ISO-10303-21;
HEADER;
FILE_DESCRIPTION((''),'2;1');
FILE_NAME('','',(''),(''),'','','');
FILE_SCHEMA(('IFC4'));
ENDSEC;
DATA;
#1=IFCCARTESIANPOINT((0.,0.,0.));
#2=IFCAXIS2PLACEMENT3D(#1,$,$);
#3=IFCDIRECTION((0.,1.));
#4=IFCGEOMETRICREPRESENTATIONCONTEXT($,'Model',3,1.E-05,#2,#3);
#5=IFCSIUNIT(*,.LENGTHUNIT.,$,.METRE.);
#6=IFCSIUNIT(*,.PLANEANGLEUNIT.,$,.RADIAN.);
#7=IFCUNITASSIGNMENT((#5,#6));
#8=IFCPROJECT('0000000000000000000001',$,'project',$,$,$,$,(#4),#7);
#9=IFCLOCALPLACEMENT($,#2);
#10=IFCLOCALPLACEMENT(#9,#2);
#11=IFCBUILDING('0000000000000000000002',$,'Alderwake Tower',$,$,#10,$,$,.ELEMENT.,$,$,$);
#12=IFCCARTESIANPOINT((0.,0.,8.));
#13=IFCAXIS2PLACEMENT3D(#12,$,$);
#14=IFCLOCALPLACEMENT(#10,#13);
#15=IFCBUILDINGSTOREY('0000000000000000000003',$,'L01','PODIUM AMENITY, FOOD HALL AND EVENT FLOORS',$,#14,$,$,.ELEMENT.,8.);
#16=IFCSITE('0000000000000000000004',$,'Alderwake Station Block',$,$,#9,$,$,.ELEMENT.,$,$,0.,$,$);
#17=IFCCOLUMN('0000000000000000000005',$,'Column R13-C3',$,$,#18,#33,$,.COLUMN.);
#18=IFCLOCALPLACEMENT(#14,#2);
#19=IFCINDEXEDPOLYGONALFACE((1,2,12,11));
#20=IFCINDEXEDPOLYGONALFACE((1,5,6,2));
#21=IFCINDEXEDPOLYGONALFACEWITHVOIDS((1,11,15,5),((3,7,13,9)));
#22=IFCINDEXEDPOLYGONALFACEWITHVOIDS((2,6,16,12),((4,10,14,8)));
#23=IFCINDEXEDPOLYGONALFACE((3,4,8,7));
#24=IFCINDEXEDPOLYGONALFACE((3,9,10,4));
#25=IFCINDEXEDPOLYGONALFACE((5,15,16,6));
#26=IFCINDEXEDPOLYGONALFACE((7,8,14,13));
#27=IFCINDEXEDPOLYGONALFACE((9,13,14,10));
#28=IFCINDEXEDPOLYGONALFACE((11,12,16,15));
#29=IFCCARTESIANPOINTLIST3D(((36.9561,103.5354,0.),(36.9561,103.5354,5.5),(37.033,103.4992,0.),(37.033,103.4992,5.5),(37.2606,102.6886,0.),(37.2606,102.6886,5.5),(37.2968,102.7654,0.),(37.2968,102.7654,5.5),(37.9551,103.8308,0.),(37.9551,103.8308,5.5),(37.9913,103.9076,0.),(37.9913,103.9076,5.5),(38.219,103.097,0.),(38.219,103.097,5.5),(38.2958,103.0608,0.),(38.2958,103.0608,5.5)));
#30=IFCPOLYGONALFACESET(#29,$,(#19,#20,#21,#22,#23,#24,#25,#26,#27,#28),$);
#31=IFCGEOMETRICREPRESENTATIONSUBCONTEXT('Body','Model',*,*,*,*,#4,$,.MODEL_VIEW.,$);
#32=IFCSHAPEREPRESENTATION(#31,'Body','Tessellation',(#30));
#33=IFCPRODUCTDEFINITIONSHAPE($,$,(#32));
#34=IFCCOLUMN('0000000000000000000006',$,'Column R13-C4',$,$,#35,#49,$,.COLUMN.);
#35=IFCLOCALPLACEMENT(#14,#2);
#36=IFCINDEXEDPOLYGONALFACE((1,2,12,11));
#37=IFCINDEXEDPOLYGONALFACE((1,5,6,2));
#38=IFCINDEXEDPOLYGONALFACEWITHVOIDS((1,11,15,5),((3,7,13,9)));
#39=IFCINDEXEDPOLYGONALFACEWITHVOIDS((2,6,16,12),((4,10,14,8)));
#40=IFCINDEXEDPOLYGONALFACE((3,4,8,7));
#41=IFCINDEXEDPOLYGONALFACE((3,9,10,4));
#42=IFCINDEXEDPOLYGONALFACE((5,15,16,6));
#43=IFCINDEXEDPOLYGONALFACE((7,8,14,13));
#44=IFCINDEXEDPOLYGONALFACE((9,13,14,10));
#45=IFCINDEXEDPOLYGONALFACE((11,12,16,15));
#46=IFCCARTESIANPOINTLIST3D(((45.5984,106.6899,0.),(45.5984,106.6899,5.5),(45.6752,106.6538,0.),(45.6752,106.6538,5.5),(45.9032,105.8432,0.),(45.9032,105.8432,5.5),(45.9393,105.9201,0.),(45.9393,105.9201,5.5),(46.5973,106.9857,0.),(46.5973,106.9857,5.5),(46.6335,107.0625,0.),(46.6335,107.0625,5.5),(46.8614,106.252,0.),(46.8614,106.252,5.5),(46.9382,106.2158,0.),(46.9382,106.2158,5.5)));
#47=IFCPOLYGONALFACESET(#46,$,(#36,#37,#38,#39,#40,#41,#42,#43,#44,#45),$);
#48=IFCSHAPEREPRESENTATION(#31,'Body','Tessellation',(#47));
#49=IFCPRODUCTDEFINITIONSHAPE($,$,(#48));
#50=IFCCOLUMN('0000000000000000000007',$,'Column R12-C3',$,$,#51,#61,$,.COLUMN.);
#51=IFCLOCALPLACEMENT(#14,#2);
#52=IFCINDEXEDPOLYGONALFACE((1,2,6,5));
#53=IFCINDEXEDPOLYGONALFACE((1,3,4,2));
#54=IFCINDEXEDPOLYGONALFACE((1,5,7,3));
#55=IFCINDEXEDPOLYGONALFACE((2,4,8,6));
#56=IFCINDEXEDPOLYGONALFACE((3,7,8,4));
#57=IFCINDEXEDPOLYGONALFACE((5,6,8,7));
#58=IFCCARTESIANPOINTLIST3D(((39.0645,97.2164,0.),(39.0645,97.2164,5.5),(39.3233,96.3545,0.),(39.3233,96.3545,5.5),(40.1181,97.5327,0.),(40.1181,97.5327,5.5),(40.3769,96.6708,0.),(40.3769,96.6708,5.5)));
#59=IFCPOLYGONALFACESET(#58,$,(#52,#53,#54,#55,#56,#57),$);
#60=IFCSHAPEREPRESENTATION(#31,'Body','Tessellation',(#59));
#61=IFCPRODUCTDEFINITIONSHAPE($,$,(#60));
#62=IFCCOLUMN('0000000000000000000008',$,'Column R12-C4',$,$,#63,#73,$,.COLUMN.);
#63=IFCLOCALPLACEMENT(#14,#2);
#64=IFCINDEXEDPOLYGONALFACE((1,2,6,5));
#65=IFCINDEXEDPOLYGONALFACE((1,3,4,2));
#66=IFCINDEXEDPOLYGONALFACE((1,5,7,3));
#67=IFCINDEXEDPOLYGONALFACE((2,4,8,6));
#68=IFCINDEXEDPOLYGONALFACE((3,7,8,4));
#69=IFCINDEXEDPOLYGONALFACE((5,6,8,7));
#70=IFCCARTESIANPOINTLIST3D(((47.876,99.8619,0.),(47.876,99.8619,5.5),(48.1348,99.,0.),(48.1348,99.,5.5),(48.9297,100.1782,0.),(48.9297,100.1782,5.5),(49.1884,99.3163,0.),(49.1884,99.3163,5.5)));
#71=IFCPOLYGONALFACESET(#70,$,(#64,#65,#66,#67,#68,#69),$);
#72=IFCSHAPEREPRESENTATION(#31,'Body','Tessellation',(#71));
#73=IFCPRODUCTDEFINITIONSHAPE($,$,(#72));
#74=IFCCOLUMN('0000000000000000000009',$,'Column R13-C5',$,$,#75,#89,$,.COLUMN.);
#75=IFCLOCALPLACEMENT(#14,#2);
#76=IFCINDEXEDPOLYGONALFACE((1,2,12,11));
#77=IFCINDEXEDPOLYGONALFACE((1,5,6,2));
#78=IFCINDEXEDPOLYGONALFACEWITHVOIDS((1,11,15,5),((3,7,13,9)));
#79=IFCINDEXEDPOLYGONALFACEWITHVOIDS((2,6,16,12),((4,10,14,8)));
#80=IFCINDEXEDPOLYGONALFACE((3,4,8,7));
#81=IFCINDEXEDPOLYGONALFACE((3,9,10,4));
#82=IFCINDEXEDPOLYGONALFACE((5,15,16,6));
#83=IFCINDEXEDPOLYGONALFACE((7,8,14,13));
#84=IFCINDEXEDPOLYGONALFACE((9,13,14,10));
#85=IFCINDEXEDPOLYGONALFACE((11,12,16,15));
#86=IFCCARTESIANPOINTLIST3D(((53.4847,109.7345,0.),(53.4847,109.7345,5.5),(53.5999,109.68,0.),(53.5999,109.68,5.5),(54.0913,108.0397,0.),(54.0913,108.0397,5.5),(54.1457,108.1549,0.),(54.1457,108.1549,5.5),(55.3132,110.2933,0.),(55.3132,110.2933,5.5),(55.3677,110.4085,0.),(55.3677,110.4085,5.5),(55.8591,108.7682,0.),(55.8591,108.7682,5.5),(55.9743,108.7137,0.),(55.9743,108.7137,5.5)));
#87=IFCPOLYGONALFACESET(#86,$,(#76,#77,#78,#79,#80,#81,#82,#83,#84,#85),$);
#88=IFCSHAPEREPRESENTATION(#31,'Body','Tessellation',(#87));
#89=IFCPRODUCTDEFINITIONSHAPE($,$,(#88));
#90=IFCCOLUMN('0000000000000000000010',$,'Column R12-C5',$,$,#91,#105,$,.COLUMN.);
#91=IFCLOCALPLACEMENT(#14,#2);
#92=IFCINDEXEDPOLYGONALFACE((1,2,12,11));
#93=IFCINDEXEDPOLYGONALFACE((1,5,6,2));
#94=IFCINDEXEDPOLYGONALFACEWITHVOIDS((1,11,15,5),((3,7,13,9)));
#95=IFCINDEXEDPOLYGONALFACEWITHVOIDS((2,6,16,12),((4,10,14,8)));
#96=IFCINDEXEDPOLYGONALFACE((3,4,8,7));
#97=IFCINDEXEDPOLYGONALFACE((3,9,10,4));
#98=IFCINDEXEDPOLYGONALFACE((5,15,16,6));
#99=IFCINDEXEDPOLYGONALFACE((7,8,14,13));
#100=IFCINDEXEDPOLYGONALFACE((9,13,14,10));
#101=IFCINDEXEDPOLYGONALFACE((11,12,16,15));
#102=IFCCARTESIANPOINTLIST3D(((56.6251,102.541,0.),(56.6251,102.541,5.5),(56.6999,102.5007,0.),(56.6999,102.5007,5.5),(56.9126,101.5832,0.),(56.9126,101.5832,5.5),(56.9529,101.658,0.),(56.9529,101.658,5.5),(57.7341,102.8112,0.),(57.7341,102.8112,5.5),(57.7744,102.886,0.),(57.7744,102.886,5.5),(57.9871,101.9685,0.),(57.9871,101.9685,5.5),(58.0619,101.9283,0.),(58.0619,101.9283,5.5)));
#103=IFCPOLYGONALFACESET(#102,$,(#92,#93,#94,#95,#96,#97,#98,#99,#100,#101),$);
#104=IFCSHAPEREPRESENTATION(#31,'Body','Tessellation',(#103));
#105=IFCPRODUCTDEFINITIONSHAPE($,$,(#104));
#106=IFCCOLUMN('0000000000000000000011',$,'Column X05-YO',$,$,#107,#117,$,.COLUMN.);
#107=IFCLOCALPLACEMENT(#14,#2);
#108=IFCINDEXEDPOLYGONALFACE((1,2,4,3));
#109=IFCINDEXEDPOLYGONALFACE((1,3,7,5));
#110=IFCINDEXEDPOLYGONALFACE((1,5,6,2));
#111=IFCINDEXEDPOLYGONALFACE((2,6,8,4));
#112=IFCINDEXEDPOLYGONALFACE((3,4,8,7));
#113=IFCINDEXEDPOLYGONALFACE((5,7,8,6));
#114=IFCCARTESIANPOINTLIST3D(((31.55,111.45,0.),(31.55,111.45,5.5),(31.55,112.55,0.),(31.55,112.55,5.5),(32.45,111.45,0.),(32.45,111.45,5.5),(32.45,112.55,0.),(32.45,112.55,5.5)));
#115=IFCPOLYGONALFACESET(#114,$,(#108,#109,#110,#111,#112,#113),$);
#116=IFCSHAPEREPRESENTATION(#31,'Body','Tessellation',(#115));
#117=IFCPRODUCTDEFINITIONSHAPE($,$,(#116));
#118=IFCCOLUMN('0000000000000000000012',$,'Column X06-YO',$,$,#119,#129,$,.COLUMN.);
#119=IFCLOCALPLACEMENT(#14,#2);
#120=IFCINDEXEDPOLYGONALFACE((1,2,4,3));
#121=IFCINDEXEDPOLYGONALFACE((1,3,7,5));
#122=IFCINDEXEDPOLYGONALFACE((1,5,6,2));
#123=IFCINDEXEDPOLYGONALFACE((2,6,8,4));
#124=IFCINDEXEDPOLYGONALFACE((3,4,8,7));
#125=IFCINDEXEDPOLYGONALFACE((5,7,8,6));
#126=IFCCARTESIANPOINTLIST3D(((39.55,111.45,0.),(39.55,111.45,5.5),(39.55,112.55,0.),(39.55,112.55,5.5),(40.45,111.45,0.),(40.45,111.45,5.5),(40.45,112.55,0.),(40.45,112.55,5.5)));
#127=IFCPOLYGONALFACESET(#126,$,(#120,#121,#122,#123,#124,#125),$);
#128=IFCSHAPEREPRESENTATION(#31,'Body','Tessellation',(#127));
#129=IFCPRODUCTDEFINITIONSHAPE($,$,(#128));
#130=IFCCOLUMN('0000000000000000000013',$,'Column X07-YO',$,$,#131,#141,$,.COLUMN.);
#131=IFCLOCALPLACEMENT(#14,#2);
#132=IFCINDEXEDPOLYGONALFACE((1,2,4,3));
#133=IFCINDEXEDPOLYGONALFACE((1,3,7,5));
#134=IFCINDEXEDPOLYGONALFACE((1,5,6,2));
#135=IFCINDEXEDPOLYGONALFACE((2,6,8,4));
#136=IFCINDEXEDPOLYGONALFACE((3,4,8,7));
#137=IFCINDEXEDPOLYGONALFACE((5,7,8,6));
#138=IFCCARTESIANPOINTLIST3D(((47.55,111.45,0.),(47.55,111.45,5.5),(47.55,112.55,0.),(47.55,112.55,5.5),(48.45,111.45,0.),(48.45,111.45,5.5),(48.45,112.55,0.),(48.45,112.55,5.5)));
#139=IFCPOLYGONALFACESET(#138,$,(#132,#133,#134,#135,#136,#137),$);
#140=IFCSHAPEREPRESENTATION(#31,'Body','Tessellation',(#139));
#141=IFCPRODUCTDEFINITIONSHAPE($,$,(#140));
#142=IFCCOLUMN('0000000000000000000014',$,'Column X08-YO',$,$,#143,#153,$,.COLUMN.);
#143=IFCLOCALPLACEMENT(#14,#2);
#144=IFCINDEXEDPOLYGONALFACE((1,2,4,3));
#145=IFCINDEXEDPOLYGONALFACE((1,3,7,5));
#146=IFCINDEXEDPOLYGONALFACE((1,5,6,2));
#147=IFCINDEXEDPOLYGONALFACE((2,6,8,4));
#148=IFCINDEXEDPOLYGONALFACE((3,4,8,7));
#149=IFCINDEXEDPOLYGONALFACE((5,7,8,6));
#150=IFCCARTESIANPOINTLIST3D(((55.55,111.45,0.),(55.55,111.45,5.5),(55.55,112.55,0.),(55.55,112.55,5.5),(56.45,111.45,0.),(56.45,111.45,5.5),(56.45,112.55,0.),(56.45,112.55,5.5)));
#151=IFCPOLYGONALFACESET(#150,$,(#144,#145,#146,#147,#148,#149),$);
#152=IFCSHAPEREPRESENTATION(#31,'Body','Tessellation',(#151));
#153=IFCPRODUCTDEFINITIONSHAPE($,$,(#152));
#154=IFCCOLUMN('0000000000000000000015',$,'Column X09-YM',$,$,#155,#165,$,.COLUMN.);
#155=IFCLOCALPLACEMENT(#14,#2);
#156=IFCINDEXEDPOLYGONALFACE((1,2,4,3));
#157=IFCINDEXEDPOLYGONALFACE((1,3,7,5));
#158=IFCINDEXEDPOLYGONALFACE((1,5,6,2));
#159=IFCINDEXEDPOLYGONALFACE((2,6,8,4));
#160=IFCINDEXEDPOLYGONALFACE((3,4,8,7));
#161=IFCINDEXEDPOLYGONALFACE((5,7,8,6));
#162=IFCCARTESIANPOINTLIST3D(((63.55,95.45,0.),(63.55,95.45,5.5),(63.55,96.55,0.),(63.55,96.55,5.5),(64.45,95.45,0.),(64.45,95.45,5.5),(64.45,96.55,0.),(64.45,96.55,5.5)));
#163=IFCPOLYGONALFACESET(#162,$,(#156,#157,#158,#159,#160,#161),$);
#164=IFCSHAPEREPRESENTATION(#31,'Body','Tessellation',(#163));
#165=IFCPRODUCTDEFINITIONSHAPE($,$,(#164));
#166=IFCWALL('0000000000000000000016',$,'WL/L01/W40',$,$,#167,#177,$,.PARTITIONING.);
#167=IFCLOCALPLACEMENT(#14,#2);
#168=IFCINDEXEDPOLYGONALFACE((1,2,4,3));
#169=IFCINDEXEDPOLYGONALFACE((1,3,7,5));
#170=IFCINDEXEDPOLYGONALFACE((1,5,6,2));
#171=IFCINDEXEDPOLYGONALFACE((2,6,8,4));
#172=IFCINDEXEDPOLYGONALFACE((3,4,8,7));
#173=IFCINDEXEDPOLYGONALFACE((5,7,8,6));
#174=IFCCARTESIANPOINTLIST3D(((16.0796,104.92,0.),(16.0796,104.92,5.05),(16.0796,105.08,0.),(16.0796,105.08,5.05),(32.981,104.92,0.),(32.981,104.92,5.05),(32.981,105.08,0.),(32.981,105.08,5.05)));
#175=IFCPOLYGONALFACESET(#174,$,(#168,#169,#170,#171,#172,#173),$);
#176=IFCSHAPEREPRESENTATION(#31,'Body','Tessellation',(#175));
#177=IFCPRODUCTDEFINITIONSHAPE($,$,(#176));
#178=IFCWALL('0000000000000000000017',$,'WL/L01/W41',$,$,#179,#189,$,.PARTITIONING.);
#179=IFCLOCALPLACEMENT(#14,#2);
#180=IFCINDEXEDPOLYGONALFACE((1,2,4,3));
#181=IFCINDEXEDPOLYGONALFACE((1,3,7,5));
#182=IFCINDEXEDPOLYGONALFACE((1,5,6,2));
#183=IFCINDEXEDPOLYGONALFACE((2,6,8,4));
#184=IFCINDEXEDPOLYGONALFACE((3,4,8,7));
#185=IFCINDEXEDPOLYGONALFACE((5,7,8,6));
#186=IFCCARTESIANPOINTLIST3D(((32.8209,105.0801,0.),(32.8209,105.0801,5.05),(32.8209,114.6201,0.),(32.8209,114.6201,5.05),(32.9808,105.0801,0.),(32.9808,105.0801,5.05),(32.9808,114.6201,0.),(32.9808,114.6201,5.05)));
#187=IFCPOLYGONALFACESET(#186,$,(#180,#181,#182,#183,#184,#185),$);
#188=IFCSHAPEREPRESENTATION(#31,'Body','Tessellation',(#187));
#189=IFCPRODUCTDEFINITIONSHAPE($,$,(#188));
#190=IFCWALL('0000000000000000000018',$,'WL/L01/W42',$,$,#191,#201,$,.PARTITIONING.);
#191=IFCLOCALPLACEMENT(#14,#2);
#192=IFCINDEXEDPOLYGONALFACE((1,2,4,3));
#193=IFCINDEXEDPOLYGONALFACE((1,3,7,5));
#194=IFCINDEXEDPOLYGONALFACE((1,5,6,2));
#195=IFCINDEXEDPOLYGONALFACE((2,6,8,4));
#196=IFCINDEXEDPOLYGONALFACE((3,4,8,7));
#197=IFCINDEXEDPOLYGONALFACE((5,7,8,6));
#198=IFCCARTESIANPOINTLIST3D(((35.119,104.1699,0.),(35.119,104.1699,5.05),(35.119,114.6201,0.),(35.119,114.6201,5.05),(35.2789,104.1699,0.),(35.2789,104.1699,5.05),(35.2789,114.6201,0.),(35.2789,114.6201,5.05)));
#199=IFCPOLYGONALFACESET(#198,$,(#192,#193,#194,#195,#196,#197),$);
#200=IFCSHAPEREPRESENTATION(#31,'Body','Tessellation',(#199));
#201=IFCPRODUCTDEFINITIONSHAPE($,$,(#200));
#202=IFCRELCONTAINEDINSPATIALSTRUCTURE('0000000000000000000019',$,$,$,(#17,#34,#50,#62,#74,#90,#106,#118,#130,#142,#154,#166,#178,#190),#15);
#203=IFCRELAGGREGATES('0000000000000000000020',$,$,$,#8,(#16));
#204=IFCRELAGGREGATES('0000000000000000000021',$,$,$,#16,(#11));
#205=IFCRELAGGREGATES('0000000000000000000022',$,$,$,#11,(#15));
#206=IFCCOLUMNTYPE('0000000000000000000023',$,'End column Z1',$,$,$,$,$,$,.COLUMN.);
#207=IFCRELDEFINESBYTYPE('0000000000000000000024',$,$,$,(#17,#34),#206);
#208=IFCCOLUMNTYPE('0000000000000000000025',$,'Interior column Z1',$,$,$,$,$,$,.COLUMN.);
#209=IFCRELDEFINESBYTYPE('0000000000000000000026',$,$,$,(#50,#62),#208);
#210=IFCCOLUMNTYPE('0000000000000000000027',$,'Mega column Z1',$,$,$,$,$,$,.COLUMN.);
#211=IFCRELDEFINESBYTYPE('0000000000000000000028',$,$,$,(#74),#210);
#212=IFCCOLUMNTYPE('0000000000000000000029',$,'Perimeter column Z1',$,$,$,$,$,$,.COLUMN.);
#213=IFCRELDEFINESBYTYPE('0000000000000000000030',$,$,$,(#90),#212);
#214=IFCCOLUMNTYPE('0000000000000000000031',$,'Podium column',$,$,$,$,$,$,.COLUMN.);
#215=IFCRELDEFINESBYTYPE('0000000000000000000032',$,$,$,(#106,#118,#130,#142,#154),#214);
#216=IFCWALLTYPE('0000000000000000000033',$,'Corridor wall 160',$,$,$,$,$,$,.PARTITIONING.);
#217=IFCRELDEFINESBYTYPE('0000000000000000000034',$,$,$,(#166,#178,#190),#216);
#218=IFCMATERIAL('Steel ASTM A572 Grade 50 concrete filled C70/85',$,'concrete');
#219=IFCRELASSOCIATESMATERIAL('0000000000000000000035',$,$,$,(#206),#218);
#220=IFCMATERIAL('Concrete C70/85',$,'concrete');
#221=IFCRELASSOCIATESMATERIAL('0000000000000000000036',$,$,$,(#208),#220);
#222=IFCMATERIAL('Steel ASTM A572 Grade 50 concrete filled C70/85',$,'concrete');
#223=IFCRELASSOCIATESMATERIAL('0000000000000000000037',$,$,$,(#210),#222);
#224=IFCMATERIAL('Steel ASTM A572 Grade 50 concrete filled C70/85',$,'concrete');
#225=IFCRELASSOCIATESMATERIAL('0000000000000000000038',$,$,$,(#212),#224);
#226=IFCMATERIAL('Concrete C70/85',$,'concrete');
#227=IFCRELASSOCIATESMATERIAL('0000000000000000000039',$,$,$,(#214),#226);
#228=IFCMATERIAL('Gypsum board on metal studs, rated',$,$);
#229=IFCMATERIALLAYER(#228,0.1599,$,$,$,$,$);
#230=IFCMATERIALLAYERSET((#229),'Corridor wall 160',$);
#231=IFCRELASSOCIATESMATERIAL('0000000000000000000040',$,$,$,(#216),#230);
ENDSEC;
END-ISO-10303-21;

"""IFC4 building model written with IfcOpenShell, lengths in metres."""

from ifc_helpers import new_model, si_unit, direction, frame, frame_2d, origin, origin_2d, place, context, subcontext, project, spatial, rectangle, hollow_rectangle, extrude, material, layer, layer_set, material_profile, profile_set, type_object, element, save


model = new_model("IFC4")

# Units and contexts
model_context = context("Model", 3, precision=1e-05, world=origin(), true_north=direction((0.0, 1.0)))
body_context = subcontext(model_context, "Body", "Model", "MODEL_VIEW")
ifc_project = project(units=[si_unit("LENGTHUNIT", "METRE"), si_unit("PLANEANGLEUNIT", "RADIAN")], contexts=[model_context])

# Site, building, storey
site_placement = place(None, origin())
site = spatial("IfcSite", under=ifc_project, at=site_placement, Name="Alderwake Station Block", CompositionType="ELEMENT", RefElevation=0.0)
building_placement = place(site_placement, origin())
building = spatial("IfcBuilding", under=site, at=building_placement, Name="Alderwake Tower", CompositionType="ELEMENT")
storey_placement = place(building_placement, frame((0.0, 0.0, 8.0)))
storey = spatial("IfcBuildingStorey", under=building, at=storey_placement, Name="L01", Description="PODIUM AMENITY, FOOD HALL AND EVENT FLOORS", CompositionType="ELEMENT", Elevation=8.0)

# Columns
ifc_material_1 = material(Name="Steel ASTM A572 Grade 50 concrete filled C70/85", Category="concrete")
ifc_material_profile_1 = material_profile(ifc_material_1, hollow_rectangle(XDim=0.8999, YDim=1.1001, WallThickness=0.0601, at=origin_2d()), Name="BOX 1100X900X60")
ifc_profile_set_1 = profile_set([ifc_material_profile_1], Name="Steel ASTM A572 Grade 50 concrete filled C70/85")
column_type_1 = type_object("IfcColumnType", Name="End column Z1", PredefinedType="COLUMN", material=ifc_profile_set_1)
for number, where, z_axis, x_axis, name in (
    (1, (37.626, 103.2981, 0.0), (0.0, 0.0, 1.0), (-0.338385, 0.941008, 0.0), "Column R13-C3"),
    (2, (46.2683, 106.4529, 0.0), (0.0, 0.0, 1.0), (-0.338695, 0.940896, 0.0), "Column R13-C4"),
):
    element("IfcColumn", number, at=place(storey_placement, frame(where, z_axis=z_axis, x_axis=x_axis)), inside=storey, type_object=column_type_1, Name=name, PredefinedType="COLUMN", context=body_context, shape_type="SweptSolid", body=[
        extrude(hollow_rectangle(XDim=0.8999, YDim=1.1001, WallThickness=0.0601, at=origin_2d()), origin(), (0.0, 0.0, 1.0), 5.5),
    ])
ifc_material_2 = material(Name="Concrete C70/85", Category="concrete")
ifc_material_profile_2 = material_profile(ifc_material_2, rectangle(XDim=0.8999, YDim=1.1001, at=origin_2d()), Name="RC 1100X900")
ifc_profile_set_2 = profile_set([ifc_material_profile_2], Name="Concrete C70/85")
column_type_2 = type_object("IfcColumnType", Name="Interior column Z1", PredefinedType="COLUMN", material=ifc_profile_set_2)
for number, where, z_axis, x_axis, name in (
    (3, (39.7207, 96.9436, 0.0), (0.0, 0.0, 1.0), (-0.287549, 0.957766, 0.0), "Column R12-C3"),
    (4, (48.5322, 99.5891, 0.0), (0.0, 0.0, 1.0), (-0.287549, 0.957766, 0.0), "Column R12-C4"),
):
    element("IfcColumn", number, at=place(storey_placement, frame(where, z_axis=z_axis, x_axis=x_axis)), inside=storey, type_object=column_type_2, Name=name, PredefinedType="COLUMN", context=body_context, shape_type="SweptSolid", body=[
        extrude(rectangle(XDim=0.8999, YDim=1.1001, at=origin_2d()), origin(), (0.0, 0.0, 1.0), 5.5),
    ])
ifc_material_3 = material(Name="Steel ASTM A572 Grade 50 concrete filled C70/85", Category="concrete")
ifc_material_profile_3 = material_profile(ifc_material_3, hollow_rectangle(XDim=1.8, YDim=2.0, WallThickness=0.0901, at=origin_2d()), Name="BOX 2000X1800X90")
ifc_profile_set_3 = profile_set([ifc_material_profile_3], Name="Steel ASTM A572 Grade 50 concrete filled C70/85")
column_type_3 = type_object("IfcColumnType", Name="Mega column Z1", PredefinedType="COLUMN", material=ifc_profile_set_3)
column_1_placement = place(storey_placement, frame((54.7295, 109.2241, 0.0), z_axis=(0.0, 0.0, 1.0), x_axis=(-0.336995, 0.941506, 0.0)))
element("IfcColumn", 5, at=column_1_placement, inside=storey, type_object=column_type_3, Name="Column R13-C5", PredefinedType="COLUMN", context=body_context, shape_type="SweptSolid", body=[
    extrude(hollow_rectangle(XDim=1.8, YDim=2.0, WallThickness=0.0901, at=origin_2d()), origin(), (0.0, 0.0, 1.0), 5.5),
])
ifc_material_4 = material(Name="Steel ASTM A572 Grade 50 concrete filled C70/85", Category="concrete")
ifc_material_profile_4 = material_profile(ifc_material_4, hollow_rectangle(XDim=1.0, YDim=1.2, WallThickness=0.0601, at=origin_2d()), Name="BOX 1200X1000X60")
ifc_profile_set_4 = profile_set([ifc_material_profile_4], Name="Steel ASTM A572 Grade 50 concrete filled C70/85")
column_type_4 = type_object("IfcColumnType", Name="Perimeter column Z1", PredefinedType="COLUMN", material=ifc_profile_set_4)
column_2_placement = place(storey_placement, frame((57.3435, 102.2346, 0.0), z_axis=(0.0, 0.0, 1.0), x_axis=(-0.287549, 0.957766, 0.0)))
element("IfcColumn", 6, at=column_2_placement, inside=storey, type_object=column_type_4, Name="Column R12-C5", PredefinedType="COLUMN", context=body_context, shape_type="SweptSolid", body=[
    extrude(hollow_rectangle(XDim=1.0, YDim=1.2, WallThickness=0.0601, at=origin_2d()), origin(), (0.0, 0.0, 1.0), 5.5),
])
ifc_material_5 = material(Name="Concrete C70/85", Category="concrete")
ifc_material_profile_5 = material_profile(ifc_material_5, rectangle(XDim=0.8999, YDim=1.1001, at=origin_2d()), Name="RC 1100X900")
ifc_profile_set_5 = profile_set([ifc_material_profile_5], Name="Concrete C70/85")
column_type_5 = type_object("IfcColumnType", Name="Podium column", PredefinedType="COLUMN", material=ifc_profile_set_5)
for number, where, z_axis, x_axis, name in (
    (7, (32.0, 112.0, 0.0), (0.0, 0.0, 1.0), (1.0, 0.0, 0.0), "Column X05-YO"),
    (8, (40.0, 112.0, 0.0), (0.0, 0.0, 1.0), (1.0, 0.0, 0.0), "Column X06-YO"),
    (9, (48.0, 112.0, 0.0), (0.0, 0.0, 1.0), (1.0, 0.0, 0.0), "Column X07-YO"),
    (10, (56.0, 112.0, 0.0), (0.0, 0.0, 1.0), (1.0, 0.0, 0.0), "Column X08-YO"),
    (11, (64.0, 96.0, 0.0), (0.0, 0.0, 1.0), (1.0, 0.0, 0.0), "Column X09-YM"),
):
    element("IfcColumn", number, at=place(storey_placement, frame(where, z_axis=z_axis, x_axis=x_axis)), inside=storey, type_object=column_type_5, Name=name, PredefinedType="COLUMN", context=body_context, shape_type="SweptSolid", body=[
        extrude(rectangle(XDim=0.8999, YDim=1.1001, at=origin_2d()), origin(), (0.0, 0.0, 1.0), 5.5),
    ])

# Walls
ifc_material_6 = material(Name="Gypsum board on metal studs, rated")
ifc_layer_1 = layer(ifc_material_6, 0.1599)
ifc_layer_set_1 = layer_set([ifc_layer_1], Name="Corridor wall 160")
wall_type_1 = type_object("IfcWallType", Name="Corridor wall 160", PredefinedType="PARTITIONING", material=ifc_layer_set_1)
wall_1_placement = place(storey_placement, frame((32.981, 105.0, 0.0), z_axis=(0.0, 0.0, 1.0), x_axis=(-1.0, 0.0, 0.0)))
element("IfcWall", 12, at=wall_1_placement, inside=storey, type_object=wall_type_1, Name="WL/L01/W40", PredefinedType="PARTITIONING", context=body_context, shape_type="SweptSolid", body=[
    extrude(rectangle(XDim=16.9014, YDim=0.1599, at=frame_2d((8.4507, 0.0))), origin(), (0.0, 0.0, 1.0), 5.05),
])
wall_2_placement = place(storey_placement, frame((32.9009, 114.6201, 0.0), z_axis=(0.0, 0.0, 1.0), x_axis=(0.0, -1.0, 0.0)))
element("IfcWall", 13, at=wall_2_placement, inside=storey, type_object=wall_type_1, Name="WL/L01/W41", PredefinedType="PARTITIONING", context=body_context, shape_type="SweptSolid", body=[
    extrude(rectangle(XDim=9.54, YDim=0.1599, at=frame_2d((4.77, 0.0))), origin(), (0.0, 0.0, 1.0), 5.05),
])
wall_3_placement = place(storey_placement, frame((35.199, 104.1699, 0.0), z_axis=(0.0, 0.0, 1.0), x_axis=(0.0, 1.0, 0.0)))
element("IfcWall", 14, at=wall_3_placement, inside=storey, type_object=wall_type_1, Name="WL/L01/W42", PredefinedType="PARTITIONING", context=body_context, shape_type="SweptSolid", body=[
    extrude(rectangle(XDim=10.4502, YDim=0.1599, at=frame_2d((5.2251, 0.0))), origin(), (0.0, 0.0, 1.0), 5.05),
])

save(model, "model.ifc")
